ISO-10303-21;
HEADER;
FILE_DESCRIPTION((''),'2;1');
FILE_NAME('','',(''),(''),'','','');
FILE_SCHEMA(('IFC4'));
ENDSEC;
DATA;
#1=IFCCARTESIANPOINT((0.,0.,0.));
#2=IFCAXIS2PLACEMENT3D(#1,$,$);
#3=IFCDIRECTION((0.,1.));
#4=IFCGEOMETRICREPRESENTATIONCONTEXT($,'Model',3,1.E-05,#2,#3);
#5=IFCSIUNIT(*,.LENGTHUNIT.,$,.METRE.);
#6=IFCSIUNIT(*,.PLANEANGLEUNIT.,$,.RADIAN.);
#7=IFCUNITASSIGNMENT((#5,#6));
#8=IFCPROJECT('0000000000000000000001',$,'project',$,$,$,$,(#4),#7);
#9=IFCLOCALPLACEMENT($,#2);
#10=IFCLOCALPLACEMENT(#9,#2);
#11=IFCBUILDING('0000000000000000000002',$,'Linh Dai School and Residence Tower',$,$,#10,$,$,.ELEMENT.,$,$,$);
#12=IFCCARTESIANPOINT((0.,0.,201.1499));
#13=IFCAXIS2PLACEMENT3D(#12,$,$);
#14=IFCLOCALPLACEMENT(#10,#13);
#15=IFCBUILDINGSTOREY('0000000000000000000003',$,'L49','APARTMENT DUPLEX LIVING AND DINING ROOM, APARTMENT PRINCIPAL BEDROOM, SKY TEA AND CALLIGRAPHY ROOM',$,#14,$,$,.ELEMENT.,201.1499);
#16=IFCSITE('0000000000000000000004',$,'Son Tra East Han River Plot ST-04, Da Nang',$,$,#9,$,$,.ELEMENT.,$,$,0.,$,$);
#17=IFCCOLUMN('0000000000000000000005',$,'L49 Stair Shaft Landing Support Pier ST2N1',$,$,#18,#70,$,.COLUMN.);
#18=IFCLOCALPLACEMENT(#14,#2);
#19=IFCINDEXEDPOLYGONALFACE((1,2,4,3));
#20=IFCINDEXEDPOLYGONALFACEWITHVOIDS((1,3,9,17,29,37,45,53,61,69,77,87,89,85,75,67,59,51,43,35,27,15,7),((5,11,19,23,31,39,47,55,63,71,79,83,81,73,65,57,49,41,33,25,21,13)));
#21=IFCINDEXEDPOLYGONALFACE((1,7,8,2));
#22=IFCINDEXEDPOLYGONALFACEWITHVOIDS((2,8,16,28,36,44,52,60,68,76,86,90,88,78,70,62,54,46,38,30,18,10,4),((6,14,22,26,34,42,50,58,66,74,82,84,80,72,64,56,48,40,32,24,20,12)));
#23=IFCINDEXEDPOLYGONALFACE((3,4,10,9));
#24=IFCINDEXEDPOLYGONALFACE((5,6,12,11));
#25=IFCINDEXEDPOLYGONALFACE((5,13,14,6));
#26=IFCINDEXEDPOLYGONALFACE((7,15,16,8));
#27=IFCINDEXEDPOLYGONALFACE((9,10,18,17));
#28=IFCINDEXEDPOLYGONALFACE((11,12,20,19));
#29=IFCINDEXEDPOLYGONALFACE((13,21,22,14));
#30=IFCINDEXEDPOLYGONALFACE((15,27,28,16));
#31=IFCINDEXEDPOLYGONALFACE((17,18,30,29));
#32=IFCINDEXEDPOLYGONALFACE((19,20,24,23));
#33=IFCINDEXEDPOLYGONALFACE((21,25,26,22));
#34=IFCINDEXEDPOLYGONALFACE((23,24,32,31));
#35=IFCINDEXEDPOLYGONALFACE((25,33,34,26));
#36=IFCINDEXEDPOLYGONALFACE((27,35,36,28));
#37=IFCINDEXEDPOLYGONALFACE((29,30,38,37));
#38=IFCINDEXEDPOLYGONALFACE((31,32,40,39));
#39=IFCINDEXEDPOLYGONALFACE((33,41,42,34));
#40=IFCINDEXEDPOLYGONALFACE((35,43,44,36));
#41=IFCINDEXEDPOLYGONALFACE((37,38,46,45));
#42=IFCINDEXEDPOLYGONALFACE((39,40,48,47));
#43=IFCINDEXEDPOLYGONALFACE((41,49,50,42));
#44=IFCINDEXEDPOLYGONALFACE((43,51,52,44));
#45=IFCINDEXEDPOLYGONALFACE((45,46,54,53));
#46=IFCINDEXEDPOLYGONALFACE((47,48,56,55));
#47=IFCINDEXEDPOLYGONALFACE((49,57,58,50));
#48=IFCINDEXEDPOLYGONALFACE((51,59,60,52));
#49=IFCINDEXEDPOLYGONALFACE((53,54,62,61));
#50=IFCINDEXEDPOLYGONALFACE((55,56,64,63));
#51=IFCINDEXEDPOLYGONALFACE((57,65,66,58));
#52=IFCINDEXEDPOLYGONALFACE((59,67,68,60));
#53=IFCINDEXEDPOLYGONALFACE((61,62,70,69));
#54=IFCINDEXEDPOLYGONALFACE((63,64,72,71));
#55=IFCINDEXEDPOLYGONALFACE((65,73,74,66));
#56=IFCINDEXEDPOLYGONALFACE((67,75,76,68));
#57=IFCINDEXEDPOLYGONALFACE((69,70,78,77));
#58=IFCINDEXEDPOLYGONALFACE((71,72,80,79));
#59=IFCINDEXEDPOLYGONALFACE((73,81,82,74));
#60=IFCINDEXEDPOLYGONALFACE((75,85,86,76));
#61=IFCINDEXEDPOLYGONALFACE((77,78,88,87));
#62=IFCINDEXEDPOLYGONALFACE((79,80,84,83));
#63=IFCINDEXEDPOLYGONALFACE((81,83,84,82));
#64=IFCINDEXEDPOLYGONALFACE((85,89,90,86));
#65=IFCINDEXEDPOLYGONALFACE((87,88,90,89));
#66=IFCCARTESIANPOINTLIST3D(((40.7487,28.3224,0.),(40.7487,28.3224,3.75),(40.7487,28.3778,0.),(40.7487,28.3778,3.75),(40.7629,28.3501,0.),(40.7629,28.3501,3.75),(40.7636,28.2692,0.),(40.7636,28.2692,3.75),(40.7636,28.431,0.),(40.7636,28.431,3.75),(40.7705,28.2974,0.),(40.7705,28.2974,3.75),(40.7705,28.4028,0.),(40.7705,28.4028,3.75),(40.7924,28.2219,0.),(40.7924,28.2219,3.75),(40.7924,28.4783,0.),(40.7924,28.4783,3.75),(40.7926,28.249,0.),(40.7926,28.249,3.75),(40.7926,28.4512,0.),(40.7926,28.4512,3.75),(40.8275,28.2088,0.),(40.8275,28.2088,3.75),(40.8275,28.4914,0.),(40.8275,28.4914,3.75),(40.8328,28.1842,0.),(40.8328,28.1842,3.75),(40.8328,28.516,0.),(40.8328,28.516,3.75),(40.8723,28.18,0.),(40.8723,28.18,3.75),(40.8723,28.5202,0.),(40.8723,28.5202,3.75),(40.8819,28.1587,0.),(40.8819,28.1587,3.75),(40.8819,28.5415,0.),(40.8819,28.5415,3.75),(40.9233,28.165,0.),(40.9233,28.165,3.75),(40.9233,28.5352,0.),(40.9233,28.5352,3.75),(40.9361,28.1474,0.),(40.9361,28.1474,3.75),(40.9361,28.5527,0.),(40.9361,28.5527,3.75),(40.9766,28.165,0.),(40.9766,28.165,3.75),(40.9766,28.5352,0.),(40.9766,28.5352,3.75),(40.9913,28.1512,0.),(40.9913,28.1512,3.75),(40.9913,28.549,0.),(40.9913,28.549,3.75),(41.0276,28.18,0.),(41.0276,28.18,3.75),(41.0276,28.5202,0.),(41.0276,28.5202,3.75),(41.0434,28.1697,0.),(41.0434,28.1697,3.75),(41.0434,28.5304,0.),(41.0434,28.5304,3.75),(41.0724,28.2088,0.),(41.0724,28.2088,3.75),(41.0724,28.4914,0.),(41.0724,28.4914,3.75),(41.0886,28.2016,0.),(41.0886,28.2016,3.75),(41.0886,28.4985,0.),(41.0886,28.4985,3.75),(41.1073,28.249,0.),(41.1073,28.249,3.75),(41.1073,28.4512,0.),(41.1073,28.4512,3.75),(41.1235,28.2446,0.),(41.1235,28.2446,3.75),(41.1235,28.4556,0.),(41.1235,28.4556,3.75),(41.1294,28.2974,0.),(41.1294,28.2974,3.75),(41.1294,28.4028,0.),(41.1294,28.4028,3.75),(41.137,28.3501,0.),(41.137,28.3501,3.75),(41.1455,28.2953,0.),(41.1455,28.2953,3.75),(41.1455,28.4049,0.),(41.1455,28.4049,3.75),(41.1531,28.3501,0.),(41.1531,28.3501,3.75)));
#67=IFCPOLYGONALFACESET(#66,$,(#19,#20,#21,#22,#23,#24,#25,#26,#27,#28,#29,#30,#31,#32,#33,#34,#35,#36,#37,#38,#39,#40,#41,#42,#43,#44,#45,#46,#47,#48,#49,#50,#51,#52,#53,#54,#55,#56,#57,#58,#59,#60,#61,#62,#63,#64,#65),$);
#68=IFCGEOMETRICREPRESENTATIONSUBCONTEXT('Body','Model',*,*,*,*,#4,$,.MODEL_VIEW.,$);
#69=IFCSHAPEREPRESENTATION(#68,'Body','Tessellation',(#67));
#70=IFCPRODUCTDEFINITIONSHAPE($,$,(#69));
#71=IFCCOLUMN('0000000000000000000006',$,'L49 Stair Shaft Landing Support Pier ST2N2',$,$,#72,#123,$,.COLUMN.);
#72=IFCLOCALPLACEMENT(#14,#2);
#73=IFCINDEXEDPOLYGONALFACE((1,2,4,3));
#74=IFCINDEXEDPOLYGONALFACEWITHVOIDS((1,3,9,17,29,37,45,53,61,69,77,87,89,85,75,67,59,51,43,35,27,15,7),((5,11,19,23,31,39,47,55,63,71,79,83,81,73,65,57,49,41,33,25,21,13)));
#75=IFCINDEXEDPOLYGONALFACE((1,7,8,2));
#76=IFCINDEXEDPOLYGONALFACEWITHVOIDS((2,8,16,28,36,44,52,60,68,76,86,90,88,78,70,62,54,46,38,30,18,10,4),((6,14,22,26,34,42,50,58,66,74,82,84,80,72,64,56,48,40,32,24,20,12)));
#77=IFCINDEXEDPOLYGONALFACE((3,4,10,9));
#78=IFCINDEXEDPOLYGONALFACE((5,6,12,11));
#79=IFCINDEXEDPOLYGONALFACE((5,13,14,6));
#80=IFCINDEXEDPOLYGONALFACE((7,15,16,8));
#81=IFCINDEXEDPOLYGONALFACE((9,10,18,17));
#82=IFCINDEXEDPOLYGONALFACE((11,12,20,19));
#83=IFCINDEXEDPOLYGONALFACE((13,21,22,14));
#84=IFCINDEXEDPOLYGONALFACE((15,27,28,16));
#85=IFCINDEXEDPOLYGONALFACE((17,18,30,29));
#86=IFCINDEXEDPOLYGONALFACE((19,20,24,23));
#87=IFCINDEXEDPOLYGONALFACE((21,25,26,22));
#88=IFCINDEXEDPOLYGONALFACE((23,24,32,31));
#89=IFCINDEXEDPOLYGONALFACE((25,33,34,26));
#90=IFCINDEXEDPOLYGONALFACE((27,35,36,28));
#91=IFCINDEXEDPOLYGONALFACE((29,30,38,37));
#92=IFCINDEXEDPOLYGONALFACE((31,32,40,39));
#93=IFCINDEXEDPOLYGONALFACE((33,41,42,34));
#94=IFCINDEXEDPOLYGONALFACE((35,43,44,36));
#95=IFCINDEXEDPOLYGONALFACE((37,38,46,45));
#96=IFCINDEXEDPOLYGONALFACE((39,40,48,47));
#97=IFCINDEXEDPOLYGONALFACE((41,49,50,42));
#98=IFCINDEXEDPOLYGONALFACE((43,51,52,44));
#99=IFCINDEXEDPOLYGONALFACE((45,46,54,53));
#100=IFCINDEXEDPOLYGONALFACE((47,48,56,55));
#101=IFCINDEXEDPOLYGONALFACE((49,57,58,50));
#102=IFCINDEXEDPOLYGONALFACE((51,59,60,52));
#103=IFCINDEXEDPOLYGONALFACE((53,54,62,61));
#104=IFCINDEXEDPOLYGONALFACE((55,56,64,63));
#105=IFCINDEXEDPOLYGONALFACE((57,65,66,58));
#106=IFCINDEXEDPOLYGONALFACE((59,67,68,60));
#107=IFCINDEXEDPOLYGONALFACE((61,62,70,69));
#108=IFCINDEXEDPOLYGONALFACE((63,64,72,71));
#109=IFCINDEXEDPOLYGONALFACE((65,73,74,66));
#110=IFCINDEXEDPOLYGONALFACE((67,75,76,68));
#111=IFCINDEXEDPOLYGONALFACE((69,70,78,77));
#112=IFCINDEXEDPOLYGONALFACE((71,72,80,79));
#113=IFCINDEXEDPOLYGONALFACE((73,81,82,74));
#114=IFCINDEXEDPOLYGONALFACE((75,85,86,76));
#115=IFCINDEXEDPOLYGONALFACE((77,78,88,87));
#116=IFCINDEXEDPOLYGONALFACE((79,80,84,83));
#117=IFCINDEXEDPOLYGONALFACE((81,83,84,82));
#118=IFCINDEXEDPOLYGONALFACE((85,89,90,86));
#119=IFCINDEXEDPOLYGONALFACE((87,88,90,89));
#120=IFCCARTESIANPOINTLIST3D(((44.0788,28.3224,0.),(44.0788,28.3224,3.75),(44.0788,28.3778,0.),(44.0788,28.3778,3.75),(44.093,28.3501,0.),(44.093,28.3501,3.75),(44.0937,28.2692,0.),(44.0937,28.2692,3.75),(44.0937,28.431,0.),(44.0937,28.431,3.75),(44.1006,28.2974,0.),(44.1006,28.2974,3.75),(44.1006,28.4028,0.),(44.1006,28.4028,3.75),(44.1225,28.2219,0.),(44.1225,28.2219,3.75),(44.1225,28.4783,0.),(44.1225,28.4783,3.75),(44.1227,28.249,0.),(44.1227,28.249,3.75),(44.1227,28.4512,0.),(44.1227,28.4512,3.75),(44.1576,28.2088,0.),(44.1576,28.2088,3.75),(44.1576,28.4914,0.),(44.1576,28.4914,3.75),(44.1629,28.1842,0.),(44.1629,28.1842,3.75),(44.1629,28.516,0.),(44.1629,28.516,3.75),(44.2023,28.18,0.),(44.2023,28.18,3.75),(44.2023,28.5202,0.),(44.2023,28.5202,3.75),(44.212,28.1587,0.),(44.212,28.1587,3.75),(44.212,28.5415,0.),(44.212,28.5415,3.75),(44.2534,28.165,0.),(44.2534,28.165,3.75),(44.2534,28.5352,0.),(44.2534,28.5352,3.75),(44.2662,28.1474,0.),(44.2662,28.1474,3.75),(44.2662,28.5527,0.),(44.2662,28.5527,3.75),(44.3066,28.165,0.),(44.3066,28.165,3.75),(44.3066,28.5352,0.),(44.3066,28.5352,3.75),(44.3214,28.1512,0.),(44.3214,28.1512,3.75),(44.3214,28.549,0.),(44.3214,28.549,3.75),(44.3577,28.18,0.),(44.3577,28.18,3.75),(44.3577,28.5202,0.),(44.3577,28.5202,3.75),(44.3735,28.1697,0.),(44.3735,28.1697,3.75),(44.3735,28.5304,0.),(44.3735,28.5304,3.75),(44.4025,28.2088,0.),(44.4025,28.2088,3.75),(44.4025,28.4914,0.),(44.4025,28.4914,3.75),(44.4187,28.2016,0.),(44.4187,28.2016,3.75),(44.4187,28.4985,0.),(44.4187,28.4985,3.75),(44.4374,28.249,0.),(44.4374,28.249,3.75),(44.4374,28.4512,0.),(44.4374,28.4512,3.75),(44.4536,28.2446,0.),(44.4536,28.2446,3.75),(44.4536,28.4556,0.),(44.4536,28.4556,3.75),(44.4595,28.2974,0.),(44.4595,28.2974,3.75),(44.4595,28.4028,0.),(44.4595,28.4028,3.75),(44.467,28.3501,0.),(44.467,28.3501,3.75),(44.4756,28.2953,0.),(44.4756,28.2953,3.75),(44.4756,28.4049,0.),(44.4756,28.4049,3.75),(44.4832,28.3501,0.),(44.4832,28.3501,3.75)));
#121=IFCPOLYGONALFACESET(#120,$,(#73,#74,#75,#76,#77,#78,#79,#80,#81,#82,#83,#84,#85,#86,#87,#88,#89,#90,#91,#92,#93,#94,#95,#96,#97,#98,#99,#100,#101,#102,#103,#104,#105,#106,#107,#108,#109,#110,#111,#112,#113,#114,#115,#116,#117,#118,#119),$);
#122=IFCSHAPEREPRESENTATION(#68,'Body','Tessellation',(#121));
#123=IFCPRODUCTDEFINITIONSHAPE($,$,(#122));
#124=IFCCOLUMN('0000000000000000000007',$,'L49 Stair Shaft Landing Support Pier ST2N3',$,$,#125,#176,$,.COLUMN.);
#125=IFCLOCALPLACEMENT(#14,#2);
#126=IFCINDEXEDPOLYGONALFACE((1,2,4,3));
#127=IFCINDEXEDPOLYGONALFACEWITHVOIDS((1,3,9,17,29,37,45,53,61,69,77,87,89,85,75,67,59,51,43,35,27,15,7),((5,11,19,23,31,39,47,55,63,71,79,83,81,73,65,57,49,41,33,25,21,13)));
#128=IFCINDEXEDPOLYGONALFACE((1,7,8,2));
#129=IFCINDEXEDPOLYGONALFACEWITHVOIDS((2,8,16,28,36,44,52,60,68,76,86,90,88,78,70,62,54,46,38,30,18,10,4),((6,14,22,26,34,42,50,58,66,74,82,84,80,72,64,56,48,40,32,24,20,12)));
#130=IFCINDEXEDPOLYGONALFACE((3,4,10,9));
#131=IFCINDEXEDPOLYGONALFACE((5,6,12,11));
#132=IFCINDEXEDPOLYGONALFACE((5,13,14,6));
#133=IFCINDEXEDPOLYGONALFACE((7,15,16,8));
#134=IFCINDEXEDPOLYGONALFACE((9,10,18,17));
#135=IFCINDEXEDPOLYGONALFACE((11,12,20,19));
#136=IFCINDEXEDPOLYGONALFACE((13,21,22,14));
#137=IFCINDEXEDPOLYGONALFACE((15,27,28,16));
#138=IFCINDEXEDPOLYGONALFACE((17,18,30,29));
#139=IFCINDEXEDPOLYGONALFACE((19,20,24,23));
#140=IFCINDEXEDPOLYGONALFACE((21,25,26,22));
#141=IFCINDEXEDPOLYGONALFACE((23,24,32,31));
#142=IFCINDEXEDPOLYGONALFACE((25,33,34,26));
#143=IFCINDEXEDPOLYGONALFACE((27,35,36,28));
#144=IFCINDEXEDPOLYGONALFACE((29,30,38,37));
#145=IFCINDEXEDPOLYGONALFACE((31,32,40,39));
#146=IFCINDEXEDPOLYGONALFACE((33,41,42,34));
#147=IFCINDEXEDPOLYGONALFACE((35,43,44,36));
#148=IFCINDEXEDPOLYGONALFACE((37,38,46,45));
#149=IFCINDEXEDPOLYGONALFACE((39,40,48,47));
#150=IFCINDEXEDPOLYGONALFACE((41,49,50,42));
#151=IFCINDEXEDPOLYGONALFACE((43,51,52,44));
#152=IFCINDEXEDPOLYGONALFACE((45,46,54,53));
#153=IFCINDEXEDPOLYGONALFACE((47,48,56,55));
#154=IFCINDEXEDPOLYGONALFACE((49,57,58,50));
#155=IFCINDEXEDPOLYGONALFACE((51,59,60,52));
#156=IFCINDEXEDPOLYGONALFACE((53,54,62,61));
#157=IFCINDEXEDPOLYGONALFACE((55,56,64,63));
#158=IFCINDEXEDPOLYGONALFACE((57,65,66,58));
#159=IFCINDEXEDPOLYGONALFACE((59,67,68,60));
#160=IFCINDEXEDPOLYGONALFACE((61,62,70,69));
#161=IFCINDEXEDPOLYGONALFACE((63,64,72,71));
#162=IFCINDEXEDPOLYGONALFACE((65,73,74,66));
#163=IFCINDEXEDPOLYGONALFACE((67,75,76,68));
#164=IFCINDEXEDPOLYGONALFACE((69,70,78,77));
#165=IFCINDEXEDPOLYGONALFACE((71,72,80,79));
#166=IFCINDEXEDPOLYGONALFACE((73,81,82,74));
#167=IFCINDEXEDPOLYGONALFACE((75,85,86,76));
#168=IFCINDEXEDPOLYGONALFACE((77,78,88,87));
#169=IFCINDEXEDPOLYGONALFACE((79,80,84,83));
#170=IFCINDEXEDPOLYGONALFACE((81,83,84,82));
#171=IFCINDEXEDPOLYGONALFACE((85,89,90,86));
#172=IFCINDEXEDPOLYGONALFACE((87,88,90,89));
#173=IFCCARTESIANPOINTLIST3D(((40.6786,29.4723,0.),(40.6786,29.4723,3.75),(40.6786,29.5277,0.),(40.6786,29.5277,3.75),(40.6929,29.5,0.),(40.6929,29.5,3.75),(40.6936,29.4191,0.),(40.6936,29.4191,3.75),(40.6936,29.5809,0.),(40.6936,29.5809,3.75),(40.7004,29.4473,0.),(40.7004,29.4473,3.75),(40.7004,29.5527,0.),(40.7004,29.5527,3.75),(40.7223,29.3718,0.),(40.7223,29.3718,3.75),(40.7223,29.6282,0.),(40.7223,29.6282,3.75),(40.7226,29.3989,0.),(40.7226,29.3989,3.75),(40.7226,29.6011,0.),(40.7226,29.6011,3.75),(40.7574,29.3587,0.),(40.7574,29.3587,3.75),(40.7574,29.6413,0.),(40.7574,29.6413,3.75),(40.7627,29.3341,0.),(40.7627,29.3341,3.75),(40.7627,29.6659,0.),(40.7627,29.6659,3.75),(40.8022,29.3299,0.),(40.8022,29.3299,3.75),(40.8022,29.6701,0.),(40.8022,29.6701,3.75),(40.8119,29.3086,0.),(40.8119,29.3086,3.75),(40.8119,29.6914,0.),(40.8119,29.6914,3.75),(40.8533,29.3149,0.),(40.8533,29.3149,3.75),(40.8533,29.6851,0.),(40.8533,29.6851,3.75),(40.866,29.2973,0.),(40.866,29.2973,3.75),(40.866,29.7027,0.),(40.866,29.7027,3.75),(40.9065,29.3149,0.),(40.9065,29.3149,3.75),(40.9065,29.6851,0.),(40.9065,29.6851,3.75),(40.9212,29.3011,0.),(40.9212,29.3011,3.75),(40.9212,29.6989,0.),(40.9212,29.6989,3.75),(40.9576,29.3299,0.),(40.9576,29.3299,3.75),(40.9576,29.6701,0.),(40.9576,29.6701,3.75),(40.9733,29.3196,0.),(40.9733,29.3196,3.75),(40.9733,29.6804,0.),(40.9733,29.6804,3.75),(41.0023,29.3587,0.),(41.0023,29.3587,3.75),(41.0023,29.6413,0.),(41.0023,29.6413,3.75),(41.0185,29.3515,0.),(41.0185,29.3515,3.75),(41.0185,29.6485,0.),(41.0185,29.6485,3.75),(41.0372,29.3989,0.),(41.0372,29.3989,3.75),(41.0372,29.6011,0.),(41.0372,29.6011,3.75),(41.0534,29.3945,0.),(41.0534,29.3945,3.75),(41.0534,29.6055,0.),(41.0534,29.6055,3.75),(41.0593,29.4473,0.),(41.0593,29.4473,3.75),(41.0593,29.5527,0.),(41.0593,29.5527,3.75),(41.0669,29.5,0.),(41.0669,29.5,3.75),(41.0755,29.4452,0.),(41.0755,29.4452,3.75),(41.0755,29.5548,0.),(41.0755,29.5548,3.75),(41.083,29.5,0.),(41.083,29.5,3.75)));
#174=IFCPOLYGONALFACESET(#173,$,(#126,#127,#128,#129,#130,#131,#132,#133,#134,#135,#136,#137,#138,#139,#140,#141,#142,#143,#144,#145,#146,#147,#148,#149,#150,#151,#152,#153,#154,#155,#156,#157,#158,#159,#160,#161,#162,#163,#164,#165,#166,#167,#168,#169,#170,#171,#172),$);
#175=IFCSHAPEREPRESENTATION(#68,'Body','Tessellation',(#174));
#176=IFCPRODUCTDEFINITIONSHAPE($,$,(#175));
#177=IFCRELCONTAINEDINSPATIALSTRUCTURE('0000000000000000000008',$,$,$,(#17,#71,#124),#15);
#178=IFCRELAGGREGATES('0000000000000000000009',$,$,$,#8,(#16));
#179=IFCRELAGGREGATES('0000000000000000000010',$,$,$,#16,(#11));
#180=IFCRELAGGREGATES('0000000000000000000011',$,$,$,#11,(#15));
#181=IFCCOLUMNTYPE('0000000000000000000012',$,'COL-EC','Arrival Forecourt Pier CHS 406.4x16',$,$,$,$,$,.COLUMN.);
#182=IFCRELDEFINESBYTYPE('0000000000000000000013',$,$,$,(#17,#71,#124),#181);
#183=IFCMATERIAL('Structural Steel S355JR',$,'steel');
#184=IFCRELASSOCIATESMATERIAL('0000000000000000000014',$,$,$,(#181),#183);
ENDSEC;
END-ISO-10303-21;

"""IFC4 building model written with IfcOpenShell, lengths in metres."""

from ifc_helpers import new_model, si_unit, direction, frame, origin, origin_2d, place, context, subcontext, project, spatial, hollow_circle, extrude, material, material_profile, profile_set, type_object, element, save


model = new_model("IFC4")

# Units and contexts
model_context = context("Model", 3, precision=1e-05, world=origin(), true_north=direction((0.0, 1.0)))
body_context = subcontext(model_context, "Body", "Model", "MODEL_VIEW")
ifc_project = project(units=[si_unit("LENGTHUNIT", "METRE"), si_unit("PLANEANGLEUNIT", "RADIAN")], contexts=[model_context])

# Site, building, storey
site_placement = place(None, origin())
site = spatial("IfcSite", under=ifc_project, at=site_placement, Name="Son Tra East Han River Plot ST-04, Da Nang", CompositionType="ELEMENT", RefElevation=0.0)
building_placement = place(site_placement, origin())
building = spatial("IfcBuilding", under=site, at=building_placement, Name="Linh Dai School and Residence Tower", CompositionType="ELEMENT")
storey_placement = place(building_placement, frame((0.0, 0.0, 201.1499)))
storey = spatial("IfcBuildingStorey", under=building, at=storey_placement, Name="L49", Description="APARTMENT DUPLEX LIVING AND DINING ROOM, APARTMENT PRINCIPAL BEDROOM, SKY TEA AND CALLIGRAPHY ROOM", CompositionType="ELEMENT", Elevation=201.1499)

# Columns
ifc_material_1 = material(Name="Structural Steel S355JR", Category="steel")
ifc_material_profile_1 = material_profile(ifc_material_1, hollow_circle(Radius=0.2031, WallThickness=0.0161, at=origin_2d()), Name="CHS 406.4x16")
ifc_profile_set_1 = profile_set([ifc_material_profile_1], Name="Structural Steel S355JR")
column_type_1 = type_object("IfcColumnType", Name="COL-EC", Description="Arrival Forecourt Pier CHS 406.4x16", PredefinedType="COLUMN", material=ifc_profile_set_1)
for number, where, z_axis, x_axis, name in (
    (1, (40.95, 28.3501, 0.0), (0.0, 0.0, 1.0), (1.0, 0.0, 0.0), "L49 Stair Shaft Landing Support Pier ST2N1"),
    (2, (44.28, 28.3501, 0.0), (0.0, 0.0, 1.0), (1.0, 0.0, 0.0), "L49 Stair Shaft Landing Support Pier ST2N2"),
    (3, (40.8799, 29.5, 0.0), (0.0, 0.0, 1.0), (1.0, 0.0, 0.0), "L49 Stair Shaft Landing Support Pier ST2N3"),
):
    element("IfcColumn", number, at=place(storey_placement, frame(where, z_axis=z_axis, x_axis=x_axis)), inside=storey, type_object=column_type_1, Name=name, PredefinedType="COLUMN", context=body_context, shape_type="SweptSolid", body=[
        extrude(hollow_circle(Radius=0.2031, WallThickness=0.0161, at=origin_2d()), origin(), (0.0, 0.0, 1.0), 3.75),
    ])

save(model, "model.ifc")
